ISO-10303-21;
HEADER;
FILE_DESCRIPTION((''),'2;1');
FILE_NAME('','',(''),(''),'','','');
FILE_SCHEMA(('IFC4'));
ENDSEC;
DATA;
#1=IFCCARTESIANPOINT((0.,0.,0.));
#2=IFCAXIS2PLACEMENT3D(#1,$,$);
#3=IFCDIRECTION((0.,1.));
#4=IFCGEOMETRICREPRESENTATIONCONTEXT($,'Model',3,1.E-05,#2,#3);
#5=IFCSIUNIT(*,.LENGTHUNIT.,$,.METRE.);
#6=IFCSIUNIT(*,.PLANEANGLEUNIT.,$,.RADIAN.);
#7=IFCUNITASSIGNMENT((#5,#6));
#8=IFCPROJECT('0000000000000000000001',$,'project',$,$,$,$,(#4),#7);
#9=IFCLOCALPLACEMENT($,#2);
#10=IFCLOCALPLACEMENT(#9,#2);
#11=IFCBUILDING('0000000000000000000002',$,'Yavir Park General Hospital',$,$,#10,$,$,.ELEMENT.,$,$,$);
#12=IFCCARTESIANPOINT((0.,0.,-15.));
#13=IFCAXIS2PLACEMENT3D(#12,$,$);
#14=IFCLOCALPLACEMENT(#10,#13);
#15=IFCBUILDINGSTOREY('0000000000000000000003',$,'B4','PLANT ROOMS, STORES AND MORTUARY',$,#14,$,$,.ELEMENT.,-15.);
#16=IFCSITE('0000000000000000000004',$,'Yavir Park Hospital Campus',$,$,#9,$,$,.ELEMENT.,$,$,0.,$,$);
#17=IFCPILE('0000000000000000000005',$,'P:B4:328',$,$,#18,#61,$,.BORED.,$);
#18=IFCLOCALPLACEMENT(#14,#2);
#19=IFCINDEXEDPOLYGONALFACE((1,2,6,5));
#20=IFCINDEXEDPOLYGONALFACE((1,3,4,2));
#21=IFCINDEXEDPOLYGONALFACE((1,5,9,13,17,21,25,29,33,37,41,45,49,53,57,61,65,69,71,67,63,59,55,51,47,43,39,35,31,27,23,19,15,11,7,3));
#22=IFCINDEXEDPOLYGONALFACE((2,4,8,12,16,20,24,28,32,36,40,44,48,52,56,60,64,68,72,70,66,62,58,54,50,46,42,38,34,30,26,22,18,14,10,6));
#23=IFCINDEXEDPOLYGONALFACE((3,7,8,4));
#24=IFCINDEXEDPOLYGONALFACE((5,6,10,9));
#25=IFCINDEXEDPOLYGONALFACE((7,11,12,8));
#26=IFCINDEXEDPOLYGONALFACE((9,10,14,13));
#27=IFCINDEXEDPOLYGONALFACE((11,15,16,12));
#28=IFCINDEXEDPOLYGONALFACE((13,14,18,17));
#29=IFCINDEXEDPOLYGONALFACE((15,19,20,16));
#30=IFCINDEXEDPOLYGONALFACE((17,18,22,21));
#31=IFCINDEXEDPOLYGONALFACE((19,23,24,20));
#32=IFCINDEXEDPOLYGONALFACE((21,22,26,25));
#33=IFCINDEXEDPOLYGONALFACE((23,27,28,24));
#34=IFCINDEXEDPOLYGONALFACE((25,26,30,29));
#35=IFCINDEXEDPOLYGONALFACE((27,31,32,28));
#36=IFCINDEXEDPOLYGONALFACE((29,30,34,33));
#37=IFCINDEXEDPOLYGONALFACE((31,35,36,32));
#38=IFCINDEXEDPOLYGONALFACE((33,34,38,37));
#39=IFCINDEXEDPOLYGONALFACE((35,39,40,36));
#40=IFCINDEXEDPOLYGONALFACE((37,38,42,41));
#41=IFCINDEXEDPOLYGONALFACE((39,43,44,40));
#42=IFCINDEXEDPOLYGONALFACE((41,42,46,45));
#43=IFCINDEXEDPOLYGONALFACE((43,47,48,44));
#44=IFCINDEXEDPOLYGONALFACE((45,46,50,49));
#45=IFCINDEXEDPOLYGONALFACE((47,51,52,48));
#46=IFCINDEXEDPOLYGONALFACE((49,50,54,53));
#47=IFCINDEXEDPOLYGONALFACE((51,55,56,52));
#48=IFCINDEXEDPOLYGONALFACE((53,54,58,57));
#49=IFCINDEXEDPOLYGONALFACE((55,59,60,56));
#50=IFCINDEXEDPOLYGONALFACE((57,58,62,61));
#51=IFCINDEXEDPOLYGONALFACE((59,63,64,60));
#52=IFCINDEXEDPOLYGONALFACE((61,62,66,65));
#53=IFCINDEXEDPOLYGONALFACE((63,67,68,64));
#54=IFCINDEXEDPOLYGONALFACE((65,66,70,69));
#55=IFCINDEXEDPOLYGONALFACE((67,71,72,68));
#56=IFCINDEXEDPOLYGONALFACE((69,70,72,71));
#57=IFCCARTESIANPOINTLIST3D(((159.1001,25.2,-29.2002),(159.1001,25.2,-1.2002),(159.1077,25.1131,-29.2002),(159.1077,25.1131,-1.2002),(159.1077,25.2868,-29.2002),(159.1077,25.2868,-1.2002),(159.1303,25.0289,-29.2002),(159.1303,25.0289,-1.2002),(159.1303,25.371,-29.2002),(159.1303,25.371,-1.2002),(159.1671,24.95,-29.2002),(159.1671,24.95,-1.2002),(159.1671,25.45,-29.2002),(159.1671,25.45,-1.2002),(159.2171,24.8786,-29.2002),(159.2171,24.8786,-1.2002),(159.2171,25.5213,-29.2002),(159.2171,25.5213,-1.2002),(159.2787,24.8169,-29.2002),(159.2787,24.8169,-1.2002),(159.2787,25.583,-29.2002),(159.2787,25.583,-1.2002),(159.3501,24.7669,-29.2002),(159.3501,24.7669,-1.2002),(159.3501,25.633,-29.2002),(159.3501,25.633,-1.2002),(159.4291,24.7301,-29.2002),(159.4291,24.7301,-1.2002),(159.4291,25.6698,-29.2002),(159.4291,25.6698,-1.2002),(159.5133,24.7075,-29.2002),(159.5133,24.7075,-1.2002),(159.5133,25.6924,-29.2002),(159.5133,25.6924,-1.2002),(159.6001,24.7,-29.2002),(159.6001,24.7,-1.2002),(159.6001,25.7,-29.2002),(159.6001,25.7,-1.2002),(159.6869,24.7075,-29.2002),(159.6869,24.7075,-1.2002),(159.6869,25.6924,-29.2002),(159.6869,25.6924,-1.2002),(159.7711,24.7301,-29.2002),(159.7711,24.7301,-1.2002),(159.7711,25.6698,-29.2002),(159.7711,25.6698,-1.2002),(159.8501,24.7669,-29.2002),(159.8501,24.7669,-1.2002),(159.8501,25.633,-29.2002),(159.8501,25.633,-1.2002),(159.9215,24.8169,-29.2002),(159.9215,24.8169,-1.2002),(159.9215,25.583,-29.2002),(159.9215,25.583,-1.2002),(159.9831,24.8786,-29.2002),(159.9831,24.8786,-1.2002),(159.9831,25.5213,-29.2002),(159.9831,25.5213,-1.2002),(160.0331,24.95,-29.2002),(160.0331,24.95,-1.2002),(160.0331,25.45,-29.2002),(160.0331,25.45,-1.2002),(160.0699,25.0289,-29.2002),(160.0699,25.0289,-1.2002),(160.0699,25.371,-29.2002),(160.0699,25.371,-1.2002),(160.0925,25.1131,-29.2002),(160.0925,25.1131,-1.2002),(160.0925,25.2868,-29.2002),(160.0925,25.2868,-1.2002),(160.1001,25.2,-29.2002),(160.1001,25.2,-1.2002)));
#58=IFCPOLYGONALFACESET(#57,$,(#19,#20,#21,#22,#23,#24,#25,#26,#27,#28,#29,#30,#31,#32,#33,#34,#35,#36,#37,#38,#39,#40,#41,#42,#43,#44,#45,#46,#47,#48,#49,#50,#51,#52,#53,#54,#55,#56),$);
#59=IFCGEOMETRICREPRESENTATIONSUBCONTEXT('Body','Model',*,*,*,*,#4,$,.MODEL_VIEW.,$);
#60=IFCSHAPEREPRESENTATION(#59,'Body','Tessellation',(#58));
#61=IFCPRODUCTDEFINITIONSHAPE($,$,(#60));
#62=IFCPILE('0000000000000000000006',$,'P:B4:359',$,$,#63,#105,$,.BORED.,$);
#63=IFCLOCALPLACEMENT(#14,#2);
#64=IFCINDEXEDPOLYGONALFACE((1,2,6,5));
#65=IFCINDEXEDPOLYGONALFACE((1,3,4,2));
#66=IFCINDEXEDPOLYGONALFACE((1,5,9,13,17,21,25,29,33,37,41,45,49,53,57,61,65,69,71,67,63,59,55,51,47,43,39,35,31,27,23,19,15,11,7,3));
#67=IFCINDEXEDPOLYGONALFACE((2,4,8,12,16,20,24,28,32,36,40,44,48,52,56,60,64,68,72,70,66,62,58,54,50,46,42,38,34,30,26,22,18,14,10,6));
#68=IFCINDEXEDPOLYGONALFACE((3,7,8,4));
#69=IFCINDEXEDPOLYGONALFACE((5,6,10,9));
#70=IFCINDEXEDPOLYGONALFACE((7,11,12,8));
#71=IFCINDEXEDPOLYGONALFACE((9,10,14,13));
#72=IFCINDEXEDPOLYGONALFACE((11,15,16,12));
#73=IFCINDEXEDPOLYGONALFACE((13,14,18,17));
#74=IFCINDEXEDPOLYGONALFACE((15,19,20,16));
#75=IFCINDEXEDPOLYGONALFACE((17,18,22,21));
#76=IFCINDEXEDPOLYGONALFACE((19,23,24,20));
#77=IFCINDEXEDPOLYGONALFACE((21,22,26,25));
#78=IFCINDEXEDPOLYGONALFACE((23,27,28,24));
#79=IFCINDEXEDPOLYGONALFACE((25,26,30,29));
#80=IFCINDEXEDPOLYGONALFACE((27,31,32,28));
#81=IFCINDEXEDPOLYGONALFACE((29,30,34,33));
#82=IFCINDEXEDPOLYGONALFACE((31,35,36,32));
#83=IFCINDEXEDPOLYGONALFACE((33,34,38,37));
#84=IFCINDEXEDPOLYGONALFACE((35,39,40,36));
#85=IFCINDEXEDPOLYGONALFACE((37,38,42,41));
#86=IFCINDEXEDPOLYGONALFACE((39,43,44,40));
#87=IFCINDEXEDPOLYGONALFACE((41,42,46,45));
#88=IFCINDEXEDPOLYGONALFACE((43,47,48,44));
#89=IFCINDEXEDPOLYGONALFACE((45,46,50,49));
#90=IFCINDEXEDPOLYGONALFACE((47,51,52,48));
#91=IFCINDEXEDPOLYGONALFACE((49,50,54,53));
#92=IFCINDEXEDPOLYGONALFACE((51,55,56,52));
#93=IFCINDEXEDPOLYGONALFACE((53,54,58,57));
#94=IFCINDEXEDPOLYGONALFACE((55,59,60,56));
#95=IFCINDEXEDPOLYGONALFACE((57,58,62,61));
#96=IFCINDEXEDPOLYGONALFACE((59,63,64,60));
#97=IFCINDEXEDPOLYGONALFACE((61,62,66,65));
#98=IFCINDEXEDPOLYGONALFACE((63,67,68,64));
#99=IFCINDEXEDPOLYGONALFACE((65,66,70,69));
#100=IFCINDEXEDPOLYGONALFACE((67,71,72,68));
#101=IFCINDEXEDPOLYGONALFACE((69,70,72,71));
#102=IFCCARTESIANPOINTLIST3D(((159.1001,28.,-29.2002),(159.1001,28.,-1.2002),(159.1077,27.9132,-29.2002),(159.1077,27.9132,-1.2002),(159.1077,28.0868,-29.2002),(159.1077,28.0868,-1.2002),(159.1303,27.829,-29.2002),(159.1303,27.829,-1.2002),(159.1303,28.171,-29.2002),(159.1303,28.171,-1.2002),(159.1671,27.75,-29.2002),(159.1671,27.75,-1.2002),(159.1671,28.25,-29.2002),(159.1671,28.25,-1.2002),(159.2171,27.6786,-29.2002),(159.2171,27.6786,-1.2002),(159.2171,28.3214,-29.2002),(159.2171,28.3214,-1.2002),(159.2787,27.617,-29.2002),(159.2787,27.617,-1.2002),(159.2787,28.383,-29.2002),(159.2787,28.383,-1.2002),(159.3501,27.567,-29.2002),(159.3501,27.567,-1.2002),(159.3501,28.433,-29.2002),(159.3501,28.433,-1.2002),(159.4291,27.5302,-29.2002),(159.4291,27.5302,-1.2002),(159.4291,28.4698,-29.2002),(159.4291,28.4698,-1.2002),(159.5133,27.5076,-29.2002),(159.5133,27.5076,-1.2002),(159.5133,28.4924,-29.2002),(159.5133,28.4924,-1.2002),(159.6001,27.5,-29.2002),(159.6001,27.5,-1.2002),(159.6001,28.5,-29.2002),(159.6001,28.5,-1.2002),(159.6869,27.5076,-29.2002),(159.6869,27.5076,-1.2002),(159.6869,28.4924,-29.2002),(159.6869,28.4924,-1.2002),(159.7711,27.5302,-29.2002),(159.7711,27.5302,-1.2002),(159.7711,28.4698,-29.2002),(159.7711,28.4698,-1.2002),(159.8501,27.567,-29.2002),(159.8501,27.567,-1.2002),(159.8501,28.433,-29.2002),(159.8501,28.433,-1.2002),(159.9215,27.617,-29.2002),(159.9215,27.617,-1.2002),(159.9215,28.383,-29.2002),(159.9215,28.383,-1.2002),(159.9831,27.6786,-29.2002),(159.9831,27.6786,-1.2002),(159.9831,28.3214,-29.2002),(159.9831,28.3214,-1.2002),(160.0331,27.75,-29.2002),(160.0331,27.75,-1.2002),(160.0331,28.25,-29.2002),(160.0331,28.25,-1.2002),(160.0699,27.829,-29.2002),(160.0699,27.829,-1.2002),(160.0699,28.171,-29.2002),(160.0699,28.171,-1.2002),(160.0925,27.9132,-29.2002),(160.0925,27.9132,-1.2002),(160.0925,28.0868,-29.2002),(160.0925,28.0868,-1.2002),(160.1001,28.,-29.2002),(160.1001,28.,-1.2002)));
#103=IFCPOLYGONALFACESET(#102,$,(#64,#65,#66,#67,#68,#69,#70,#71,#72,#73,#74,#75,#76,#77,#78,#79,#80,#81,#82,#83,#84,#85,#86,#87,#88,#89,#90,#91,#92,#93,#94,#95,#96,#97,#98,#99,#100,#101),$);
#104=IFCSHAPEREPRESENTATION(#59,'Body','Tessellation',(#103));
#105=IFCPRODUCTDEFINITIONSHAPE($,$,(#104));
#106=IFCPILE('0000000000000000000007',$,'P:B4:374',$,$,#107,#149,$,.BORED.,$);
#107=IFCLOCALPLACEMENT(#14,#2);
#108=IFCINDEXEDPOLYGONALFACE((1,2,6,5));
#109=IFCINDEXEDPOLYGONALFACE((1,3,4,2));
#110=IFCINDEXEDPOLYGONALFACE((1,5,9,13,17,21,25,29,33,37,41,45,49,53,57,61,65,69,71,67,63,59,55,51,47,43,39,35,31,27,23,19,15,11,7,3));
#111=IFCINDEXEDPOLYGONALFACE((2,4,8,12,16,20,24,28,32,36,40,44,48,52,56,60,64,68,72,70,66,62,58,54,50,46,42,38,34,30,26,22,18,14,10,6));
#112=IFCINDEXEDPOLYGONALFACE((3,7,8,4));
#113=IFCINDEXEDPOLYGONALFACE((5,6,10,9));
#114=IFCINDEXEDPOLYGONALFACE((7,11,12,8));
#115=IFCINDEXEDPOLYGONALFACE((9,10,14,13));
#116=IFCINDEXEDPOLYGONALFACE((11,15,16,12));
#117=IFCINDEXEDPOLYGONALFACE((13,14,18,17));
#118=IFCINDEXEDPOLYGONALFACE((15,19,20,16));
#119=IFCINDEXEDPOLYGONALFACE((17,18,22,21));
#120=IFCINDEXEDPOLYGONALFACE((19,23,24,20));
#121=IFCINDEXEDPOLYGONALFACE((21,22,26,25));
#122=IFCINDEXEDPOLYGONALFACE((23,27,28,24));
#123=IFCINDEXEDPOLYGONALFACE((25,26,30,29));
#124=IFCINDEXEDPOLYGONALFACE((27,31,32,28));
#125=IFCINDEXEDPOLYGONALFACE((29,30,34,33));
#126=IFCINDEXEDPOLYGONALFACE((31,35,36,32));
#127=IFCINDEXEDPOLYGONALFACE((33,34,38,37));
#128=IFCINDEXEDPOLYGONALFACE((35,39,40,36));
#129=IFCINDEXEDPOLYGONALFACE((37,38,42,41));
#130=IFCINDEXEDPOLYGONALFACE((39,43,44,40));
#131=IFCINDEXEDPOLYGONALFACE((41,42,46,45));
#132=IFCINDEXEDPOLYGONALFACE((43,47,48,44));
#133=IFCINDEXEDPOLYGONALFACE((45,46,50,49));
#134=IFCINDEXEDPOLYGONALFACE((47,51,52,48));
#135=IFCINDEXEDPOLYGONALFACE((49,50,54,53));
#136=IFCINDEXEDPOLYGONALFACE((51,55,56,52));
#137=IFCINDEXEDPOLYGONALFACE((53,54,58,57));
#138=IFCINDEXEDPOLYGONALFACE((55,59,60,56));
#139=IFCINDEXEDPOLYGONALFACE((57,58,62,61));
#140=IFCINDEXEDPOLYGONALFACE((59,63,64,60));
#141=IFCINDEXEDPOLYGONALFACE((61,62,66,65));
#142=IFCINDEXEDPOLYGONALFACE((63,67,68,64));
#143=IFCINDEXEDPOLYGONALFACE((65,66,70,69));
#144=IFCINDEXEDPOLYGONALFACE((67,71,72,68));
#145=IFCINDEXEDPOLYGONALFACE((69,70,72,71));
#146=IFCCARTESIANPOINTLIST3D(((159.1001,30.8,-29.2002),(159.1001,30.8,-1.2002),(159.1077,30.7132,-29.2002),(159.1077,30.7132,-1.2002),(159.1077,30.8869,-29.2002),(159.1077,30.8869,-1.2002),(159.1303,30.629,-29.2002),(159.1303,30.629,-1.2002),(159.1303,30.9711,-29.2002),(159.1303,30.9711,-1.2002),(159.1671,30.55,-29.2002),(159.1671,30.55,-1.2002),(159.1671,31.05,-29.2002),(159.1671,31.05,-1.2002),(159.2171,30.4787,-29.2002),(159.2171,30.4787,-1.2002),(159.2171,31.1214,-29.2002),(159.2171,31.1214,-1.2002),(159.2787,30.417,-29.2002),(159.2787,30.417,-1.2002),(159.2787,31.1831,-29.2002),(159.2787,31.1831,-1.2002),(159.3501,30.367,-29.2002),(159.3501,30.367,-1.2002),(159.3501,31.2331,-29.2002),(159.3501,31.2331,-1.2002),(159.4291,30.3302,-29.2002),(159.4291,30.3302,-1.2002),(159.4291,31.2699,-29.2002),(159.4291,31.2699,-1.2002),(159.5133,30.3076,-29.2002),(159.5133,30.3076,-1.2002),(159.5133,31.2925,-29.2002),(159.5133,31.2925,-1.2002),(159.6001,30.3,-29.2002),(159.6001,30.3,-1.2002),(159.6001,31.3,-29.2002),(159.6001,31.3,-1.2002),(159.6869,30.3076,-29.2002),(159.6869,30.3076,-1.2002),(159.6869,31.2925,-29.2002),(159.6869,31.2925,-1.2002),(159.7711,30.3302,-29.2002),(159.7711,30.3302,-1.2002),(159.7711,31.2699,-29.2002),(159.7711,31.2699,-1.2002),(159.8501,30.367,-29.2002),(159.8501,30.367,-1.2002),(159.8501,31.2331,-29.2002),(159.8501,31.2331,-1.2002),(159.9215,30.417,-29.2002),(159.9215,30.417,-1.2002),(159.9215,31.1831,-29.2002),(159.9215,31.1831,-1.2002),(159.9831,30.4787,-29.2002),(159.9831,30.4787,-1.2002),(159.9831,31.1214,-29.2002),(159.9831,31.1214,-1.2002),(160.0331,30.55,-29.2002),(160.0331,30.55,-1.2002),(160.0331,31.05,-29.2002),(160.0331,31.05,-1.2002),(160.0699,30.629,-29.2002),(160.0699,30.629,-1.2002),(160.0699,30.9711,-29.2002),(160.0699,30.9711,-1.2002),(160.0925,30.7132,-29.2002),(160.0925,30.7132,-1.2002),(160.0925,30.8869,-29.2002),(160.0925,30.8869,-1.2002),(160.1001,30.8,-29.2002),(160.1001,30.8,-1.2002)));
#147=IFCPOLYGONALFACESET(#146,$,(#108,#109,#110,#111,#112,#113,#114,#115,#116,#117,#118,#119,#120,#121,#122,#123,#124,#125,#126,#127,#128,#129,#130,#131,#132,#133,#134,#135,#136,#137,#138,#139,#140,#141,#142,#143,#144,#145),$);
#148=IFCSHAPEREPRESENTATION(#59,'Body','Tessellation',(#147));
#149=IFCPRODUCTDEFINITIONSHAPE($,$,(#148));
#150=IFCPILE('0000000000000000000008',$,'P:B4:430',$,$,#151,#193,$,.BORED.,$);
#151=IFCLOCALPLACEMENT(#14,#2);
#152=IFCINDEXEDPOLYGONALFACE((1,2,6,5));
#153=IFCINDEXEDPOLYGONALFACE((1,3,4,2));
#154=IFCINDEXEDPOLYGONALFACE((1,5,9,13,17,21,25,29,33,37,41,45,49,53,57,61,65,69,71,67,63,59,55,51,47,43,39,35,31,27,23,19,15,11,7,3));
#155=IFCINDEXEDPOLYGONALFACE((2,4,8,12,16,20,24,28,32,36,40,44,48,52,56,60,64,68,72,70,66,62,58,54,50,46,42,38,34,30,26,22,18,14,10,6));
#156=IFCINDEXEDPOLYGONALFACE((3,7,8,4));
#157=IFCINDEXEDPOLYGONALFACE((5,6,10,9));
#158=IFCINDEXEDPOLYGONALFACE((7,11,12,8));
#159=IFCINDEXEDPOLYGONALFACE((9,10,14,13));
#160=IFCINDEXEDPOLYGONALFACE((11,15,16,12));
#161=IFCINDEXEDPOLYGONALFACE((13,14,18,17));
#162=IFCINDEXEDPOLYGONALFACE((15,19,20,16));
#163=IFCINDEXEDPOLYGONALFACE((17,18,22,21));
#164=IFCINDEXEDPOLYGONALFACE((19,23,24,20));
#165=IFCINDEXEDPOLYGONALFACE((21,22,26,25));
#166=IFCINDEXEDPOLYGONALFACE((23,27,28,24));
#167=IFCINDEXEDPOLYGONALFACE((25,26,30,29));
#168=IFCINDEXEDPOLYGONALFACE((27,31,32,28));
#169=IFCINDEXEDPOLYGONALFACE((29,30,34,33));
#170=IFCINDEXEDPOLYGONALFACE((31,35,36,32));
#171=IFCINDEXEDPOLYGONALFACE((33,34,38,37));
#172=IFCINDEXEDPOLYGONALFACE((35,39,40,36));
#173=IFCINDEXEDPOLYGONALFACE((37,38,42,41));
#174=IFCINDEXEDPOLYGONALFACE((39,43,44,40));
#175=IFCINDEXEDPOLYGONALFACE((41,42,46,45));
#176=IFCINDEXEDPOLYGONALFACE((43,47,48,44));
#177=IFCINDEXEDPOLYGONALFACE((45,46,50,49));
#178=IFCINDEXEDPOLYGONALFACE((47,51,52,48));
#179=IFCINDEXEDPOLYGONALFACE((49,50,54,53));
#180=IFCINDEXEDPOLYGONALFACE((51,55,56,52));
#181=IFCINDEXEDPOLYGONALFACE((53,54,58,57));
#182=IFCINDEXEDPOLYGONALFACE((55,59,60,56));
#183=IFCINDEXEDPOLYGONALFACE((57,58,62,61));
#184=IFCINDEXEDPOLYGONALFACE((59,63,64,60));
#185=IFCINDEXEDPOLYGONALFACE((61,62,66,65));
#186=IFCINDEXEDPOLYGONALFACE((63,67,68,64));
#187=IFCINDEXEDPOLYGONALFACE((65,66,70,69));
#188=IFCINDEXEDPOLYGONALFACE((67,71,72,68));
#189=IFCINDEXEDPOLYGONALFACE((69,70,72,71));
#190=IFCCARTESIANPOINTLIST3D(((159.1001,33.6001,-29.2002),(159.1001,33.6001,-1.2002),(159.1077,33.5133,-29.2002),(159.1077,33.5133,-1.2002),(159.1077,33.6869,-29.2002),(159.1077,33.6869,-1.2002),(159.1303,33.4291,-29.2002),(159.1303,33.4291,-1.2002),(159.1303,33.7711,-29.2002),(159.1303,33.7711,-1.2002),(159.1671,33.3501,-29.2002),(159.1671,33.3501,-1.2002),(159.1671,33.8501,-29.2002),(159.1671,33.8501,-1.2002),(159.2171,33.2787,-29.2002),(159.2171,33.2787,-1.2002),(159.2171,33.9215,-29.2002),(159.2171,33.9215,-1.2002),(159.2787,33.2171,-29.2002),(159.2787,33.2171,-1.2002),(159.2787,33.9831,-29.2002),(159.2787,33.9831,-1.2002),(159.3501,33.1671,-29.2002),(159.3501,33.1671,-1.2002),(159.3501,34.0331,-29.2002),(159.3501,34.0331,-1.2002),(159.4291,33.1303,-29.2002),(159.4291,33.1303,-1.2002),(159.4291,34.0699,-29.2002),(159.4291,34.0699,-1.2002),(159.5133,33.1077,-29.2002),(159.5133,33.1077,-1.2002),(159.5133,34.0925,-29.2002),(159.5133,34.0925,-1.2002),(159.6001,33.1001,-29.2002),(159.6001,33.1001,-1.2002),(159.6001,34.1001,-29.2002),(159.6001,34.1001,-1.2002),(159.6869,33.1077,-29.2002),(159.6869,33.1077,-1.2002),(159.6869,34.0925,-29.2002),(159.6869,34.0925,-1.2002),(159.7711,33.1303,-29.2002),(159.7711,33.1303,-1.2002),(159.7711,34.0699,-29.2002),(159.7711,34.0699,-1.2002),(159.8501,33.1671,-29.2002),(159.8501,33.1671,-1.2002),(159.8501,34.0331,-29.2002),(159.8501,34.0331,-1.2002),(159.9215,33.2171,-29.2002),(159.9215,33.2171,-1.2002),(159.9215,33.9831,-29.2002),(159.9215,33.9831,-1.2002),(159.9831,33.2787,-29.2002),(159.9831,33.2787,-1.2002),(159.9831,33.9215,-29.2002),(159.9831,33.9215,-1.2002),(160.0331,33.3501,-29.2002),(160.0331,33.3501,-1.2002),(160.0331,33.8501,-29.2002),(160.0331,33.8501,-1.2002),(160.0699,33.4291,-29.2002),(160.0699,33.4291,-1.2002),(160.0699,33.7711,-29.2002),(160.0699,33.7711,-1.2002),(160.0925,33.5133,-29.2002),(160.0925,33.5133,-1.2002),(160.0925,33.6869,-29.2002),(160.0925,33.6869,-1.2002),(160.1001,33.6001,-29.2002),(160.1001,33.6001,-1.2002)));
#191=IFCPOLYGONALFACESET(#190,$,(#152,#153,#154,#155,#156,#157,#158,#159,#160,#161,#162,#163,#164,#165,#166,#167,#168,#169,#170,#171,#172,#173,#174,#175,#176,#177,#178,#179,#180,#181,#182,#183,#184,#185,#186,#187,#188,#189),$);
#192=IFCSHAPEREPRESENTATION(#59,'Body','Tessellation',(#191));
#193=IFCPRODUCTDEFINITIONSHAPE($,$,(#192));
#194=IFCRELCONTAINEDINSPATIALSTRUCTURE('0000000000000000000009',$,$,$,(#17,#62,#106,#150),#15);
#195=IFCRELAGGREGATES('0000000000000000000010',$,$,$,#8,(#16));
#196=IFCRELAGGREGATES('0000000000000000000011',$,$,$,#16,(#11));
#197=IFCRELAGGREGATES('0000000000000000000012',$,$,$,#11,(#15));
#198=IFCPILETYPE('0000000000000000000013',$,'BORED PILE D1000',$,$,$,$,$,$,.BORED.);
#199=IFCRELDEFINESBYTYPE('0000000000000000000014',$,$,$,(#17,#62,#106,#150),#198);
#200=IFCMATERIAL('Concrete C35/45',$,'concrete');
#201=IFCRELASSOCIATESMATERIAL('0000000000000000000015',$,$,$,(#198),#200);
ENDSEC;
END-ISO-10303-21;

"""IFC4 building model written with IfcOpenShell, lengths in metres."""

from ifc_helpers import new_model, si_unit, direction, frame, origin, origin_2d, place, context, subcontext, project, spatial, circle, extrude, material, material_profile, profile_set, type_object, element, save


model = new_model("IFC4")

# Units and contexts
model_context = context("Model", 3, precision=1e-05, world=origin(), true_north=direction((0.0, 1.0)))
body_context = subcontext(model_context, "Body", "Model", "MODEL_VIEW")
ifc_project = project(units=[si_unit("LENGTHUNIT", "METRE"), si_unit("PLANEANGLEUNIT", "RADIAN")], contexts=[model_context])

# Site, building, storey
site_placement = place(None, origin())
site = spatial("IfcSite", under=ifc_project, at=site_placement, Name="Yavir Park Hospital Campus", CompositionType="ELEMENT", RefElevation=0.0)
building_placement = place(site_placement, origin())
building = spatial("IfcBuilding", under=site, at=building_placement, Name="Yavir Park General Hospital", CompositionType="ELEMENT")
storey_placement = place(building_placement, frame((0.0, 0.0, -15.0)))
storey = spatial("IfcBuildingStorey", under=building, at=storey_placement, Name="B4", Description="PLANT ROOMS, STORES AND MORTUARY", CompositionType="ELEMENT", Elevation=-15.0)

# Piles
ifc_material_1 = material(Name="Concrete C35/45", Category="concrete")
ifc_material_profile_1 = material_profile(ifc_material_1, circle(Radius=0.5, at=origin_2d()), Name="D1000")
ifc_profile_set_1 = profile_set([ifc_material_profile_1], Name="Concrete C35/45")
pile_type_1 = type_object("IfcPileType", Name="BORED PILE D1000", PredefinedType="BORED", material=ifc_profile_set_1)
for number, where, z_axis, x_axis, name in (
    (1, (159.6001, 25.2, -1.2002), (0.0, 0.0, -1.0), (1.0, 0.0, 0.0), "P:B4:328"),
    (2, (159.6001, 28.0, -1.2002), (0.0, 0.0, -1.0), (1.0, 0.0, 0.0), "P:B4:359"),
    (3, (159.6001, 30.8, -1.2002), (0.0, 0.0, -1.0), (1.0, 0.0, 0.0), "P:B4:374"),
    (4, (159.6001, 33.6001, -1.2002), (0.0, 0.0, -1.0), (1.0, 0.0, 0.0), "P:B4:430"),
):
    element("IfcPile", number, at=place(storey_placement, frame(where, z_axis=z_axis, x_axis=x_axis)), inside=storey, type_object=pile_type_1, Name=name, PredefinedType="BORED", context=body_context, shape_type="SweptSolid", body=[
        extrude(circle(Radius=0.5, at=origin_2d()), origin(), (0.0, 0.0, 1.0), 28.0),
    ])

save(model, "model.ifc")
